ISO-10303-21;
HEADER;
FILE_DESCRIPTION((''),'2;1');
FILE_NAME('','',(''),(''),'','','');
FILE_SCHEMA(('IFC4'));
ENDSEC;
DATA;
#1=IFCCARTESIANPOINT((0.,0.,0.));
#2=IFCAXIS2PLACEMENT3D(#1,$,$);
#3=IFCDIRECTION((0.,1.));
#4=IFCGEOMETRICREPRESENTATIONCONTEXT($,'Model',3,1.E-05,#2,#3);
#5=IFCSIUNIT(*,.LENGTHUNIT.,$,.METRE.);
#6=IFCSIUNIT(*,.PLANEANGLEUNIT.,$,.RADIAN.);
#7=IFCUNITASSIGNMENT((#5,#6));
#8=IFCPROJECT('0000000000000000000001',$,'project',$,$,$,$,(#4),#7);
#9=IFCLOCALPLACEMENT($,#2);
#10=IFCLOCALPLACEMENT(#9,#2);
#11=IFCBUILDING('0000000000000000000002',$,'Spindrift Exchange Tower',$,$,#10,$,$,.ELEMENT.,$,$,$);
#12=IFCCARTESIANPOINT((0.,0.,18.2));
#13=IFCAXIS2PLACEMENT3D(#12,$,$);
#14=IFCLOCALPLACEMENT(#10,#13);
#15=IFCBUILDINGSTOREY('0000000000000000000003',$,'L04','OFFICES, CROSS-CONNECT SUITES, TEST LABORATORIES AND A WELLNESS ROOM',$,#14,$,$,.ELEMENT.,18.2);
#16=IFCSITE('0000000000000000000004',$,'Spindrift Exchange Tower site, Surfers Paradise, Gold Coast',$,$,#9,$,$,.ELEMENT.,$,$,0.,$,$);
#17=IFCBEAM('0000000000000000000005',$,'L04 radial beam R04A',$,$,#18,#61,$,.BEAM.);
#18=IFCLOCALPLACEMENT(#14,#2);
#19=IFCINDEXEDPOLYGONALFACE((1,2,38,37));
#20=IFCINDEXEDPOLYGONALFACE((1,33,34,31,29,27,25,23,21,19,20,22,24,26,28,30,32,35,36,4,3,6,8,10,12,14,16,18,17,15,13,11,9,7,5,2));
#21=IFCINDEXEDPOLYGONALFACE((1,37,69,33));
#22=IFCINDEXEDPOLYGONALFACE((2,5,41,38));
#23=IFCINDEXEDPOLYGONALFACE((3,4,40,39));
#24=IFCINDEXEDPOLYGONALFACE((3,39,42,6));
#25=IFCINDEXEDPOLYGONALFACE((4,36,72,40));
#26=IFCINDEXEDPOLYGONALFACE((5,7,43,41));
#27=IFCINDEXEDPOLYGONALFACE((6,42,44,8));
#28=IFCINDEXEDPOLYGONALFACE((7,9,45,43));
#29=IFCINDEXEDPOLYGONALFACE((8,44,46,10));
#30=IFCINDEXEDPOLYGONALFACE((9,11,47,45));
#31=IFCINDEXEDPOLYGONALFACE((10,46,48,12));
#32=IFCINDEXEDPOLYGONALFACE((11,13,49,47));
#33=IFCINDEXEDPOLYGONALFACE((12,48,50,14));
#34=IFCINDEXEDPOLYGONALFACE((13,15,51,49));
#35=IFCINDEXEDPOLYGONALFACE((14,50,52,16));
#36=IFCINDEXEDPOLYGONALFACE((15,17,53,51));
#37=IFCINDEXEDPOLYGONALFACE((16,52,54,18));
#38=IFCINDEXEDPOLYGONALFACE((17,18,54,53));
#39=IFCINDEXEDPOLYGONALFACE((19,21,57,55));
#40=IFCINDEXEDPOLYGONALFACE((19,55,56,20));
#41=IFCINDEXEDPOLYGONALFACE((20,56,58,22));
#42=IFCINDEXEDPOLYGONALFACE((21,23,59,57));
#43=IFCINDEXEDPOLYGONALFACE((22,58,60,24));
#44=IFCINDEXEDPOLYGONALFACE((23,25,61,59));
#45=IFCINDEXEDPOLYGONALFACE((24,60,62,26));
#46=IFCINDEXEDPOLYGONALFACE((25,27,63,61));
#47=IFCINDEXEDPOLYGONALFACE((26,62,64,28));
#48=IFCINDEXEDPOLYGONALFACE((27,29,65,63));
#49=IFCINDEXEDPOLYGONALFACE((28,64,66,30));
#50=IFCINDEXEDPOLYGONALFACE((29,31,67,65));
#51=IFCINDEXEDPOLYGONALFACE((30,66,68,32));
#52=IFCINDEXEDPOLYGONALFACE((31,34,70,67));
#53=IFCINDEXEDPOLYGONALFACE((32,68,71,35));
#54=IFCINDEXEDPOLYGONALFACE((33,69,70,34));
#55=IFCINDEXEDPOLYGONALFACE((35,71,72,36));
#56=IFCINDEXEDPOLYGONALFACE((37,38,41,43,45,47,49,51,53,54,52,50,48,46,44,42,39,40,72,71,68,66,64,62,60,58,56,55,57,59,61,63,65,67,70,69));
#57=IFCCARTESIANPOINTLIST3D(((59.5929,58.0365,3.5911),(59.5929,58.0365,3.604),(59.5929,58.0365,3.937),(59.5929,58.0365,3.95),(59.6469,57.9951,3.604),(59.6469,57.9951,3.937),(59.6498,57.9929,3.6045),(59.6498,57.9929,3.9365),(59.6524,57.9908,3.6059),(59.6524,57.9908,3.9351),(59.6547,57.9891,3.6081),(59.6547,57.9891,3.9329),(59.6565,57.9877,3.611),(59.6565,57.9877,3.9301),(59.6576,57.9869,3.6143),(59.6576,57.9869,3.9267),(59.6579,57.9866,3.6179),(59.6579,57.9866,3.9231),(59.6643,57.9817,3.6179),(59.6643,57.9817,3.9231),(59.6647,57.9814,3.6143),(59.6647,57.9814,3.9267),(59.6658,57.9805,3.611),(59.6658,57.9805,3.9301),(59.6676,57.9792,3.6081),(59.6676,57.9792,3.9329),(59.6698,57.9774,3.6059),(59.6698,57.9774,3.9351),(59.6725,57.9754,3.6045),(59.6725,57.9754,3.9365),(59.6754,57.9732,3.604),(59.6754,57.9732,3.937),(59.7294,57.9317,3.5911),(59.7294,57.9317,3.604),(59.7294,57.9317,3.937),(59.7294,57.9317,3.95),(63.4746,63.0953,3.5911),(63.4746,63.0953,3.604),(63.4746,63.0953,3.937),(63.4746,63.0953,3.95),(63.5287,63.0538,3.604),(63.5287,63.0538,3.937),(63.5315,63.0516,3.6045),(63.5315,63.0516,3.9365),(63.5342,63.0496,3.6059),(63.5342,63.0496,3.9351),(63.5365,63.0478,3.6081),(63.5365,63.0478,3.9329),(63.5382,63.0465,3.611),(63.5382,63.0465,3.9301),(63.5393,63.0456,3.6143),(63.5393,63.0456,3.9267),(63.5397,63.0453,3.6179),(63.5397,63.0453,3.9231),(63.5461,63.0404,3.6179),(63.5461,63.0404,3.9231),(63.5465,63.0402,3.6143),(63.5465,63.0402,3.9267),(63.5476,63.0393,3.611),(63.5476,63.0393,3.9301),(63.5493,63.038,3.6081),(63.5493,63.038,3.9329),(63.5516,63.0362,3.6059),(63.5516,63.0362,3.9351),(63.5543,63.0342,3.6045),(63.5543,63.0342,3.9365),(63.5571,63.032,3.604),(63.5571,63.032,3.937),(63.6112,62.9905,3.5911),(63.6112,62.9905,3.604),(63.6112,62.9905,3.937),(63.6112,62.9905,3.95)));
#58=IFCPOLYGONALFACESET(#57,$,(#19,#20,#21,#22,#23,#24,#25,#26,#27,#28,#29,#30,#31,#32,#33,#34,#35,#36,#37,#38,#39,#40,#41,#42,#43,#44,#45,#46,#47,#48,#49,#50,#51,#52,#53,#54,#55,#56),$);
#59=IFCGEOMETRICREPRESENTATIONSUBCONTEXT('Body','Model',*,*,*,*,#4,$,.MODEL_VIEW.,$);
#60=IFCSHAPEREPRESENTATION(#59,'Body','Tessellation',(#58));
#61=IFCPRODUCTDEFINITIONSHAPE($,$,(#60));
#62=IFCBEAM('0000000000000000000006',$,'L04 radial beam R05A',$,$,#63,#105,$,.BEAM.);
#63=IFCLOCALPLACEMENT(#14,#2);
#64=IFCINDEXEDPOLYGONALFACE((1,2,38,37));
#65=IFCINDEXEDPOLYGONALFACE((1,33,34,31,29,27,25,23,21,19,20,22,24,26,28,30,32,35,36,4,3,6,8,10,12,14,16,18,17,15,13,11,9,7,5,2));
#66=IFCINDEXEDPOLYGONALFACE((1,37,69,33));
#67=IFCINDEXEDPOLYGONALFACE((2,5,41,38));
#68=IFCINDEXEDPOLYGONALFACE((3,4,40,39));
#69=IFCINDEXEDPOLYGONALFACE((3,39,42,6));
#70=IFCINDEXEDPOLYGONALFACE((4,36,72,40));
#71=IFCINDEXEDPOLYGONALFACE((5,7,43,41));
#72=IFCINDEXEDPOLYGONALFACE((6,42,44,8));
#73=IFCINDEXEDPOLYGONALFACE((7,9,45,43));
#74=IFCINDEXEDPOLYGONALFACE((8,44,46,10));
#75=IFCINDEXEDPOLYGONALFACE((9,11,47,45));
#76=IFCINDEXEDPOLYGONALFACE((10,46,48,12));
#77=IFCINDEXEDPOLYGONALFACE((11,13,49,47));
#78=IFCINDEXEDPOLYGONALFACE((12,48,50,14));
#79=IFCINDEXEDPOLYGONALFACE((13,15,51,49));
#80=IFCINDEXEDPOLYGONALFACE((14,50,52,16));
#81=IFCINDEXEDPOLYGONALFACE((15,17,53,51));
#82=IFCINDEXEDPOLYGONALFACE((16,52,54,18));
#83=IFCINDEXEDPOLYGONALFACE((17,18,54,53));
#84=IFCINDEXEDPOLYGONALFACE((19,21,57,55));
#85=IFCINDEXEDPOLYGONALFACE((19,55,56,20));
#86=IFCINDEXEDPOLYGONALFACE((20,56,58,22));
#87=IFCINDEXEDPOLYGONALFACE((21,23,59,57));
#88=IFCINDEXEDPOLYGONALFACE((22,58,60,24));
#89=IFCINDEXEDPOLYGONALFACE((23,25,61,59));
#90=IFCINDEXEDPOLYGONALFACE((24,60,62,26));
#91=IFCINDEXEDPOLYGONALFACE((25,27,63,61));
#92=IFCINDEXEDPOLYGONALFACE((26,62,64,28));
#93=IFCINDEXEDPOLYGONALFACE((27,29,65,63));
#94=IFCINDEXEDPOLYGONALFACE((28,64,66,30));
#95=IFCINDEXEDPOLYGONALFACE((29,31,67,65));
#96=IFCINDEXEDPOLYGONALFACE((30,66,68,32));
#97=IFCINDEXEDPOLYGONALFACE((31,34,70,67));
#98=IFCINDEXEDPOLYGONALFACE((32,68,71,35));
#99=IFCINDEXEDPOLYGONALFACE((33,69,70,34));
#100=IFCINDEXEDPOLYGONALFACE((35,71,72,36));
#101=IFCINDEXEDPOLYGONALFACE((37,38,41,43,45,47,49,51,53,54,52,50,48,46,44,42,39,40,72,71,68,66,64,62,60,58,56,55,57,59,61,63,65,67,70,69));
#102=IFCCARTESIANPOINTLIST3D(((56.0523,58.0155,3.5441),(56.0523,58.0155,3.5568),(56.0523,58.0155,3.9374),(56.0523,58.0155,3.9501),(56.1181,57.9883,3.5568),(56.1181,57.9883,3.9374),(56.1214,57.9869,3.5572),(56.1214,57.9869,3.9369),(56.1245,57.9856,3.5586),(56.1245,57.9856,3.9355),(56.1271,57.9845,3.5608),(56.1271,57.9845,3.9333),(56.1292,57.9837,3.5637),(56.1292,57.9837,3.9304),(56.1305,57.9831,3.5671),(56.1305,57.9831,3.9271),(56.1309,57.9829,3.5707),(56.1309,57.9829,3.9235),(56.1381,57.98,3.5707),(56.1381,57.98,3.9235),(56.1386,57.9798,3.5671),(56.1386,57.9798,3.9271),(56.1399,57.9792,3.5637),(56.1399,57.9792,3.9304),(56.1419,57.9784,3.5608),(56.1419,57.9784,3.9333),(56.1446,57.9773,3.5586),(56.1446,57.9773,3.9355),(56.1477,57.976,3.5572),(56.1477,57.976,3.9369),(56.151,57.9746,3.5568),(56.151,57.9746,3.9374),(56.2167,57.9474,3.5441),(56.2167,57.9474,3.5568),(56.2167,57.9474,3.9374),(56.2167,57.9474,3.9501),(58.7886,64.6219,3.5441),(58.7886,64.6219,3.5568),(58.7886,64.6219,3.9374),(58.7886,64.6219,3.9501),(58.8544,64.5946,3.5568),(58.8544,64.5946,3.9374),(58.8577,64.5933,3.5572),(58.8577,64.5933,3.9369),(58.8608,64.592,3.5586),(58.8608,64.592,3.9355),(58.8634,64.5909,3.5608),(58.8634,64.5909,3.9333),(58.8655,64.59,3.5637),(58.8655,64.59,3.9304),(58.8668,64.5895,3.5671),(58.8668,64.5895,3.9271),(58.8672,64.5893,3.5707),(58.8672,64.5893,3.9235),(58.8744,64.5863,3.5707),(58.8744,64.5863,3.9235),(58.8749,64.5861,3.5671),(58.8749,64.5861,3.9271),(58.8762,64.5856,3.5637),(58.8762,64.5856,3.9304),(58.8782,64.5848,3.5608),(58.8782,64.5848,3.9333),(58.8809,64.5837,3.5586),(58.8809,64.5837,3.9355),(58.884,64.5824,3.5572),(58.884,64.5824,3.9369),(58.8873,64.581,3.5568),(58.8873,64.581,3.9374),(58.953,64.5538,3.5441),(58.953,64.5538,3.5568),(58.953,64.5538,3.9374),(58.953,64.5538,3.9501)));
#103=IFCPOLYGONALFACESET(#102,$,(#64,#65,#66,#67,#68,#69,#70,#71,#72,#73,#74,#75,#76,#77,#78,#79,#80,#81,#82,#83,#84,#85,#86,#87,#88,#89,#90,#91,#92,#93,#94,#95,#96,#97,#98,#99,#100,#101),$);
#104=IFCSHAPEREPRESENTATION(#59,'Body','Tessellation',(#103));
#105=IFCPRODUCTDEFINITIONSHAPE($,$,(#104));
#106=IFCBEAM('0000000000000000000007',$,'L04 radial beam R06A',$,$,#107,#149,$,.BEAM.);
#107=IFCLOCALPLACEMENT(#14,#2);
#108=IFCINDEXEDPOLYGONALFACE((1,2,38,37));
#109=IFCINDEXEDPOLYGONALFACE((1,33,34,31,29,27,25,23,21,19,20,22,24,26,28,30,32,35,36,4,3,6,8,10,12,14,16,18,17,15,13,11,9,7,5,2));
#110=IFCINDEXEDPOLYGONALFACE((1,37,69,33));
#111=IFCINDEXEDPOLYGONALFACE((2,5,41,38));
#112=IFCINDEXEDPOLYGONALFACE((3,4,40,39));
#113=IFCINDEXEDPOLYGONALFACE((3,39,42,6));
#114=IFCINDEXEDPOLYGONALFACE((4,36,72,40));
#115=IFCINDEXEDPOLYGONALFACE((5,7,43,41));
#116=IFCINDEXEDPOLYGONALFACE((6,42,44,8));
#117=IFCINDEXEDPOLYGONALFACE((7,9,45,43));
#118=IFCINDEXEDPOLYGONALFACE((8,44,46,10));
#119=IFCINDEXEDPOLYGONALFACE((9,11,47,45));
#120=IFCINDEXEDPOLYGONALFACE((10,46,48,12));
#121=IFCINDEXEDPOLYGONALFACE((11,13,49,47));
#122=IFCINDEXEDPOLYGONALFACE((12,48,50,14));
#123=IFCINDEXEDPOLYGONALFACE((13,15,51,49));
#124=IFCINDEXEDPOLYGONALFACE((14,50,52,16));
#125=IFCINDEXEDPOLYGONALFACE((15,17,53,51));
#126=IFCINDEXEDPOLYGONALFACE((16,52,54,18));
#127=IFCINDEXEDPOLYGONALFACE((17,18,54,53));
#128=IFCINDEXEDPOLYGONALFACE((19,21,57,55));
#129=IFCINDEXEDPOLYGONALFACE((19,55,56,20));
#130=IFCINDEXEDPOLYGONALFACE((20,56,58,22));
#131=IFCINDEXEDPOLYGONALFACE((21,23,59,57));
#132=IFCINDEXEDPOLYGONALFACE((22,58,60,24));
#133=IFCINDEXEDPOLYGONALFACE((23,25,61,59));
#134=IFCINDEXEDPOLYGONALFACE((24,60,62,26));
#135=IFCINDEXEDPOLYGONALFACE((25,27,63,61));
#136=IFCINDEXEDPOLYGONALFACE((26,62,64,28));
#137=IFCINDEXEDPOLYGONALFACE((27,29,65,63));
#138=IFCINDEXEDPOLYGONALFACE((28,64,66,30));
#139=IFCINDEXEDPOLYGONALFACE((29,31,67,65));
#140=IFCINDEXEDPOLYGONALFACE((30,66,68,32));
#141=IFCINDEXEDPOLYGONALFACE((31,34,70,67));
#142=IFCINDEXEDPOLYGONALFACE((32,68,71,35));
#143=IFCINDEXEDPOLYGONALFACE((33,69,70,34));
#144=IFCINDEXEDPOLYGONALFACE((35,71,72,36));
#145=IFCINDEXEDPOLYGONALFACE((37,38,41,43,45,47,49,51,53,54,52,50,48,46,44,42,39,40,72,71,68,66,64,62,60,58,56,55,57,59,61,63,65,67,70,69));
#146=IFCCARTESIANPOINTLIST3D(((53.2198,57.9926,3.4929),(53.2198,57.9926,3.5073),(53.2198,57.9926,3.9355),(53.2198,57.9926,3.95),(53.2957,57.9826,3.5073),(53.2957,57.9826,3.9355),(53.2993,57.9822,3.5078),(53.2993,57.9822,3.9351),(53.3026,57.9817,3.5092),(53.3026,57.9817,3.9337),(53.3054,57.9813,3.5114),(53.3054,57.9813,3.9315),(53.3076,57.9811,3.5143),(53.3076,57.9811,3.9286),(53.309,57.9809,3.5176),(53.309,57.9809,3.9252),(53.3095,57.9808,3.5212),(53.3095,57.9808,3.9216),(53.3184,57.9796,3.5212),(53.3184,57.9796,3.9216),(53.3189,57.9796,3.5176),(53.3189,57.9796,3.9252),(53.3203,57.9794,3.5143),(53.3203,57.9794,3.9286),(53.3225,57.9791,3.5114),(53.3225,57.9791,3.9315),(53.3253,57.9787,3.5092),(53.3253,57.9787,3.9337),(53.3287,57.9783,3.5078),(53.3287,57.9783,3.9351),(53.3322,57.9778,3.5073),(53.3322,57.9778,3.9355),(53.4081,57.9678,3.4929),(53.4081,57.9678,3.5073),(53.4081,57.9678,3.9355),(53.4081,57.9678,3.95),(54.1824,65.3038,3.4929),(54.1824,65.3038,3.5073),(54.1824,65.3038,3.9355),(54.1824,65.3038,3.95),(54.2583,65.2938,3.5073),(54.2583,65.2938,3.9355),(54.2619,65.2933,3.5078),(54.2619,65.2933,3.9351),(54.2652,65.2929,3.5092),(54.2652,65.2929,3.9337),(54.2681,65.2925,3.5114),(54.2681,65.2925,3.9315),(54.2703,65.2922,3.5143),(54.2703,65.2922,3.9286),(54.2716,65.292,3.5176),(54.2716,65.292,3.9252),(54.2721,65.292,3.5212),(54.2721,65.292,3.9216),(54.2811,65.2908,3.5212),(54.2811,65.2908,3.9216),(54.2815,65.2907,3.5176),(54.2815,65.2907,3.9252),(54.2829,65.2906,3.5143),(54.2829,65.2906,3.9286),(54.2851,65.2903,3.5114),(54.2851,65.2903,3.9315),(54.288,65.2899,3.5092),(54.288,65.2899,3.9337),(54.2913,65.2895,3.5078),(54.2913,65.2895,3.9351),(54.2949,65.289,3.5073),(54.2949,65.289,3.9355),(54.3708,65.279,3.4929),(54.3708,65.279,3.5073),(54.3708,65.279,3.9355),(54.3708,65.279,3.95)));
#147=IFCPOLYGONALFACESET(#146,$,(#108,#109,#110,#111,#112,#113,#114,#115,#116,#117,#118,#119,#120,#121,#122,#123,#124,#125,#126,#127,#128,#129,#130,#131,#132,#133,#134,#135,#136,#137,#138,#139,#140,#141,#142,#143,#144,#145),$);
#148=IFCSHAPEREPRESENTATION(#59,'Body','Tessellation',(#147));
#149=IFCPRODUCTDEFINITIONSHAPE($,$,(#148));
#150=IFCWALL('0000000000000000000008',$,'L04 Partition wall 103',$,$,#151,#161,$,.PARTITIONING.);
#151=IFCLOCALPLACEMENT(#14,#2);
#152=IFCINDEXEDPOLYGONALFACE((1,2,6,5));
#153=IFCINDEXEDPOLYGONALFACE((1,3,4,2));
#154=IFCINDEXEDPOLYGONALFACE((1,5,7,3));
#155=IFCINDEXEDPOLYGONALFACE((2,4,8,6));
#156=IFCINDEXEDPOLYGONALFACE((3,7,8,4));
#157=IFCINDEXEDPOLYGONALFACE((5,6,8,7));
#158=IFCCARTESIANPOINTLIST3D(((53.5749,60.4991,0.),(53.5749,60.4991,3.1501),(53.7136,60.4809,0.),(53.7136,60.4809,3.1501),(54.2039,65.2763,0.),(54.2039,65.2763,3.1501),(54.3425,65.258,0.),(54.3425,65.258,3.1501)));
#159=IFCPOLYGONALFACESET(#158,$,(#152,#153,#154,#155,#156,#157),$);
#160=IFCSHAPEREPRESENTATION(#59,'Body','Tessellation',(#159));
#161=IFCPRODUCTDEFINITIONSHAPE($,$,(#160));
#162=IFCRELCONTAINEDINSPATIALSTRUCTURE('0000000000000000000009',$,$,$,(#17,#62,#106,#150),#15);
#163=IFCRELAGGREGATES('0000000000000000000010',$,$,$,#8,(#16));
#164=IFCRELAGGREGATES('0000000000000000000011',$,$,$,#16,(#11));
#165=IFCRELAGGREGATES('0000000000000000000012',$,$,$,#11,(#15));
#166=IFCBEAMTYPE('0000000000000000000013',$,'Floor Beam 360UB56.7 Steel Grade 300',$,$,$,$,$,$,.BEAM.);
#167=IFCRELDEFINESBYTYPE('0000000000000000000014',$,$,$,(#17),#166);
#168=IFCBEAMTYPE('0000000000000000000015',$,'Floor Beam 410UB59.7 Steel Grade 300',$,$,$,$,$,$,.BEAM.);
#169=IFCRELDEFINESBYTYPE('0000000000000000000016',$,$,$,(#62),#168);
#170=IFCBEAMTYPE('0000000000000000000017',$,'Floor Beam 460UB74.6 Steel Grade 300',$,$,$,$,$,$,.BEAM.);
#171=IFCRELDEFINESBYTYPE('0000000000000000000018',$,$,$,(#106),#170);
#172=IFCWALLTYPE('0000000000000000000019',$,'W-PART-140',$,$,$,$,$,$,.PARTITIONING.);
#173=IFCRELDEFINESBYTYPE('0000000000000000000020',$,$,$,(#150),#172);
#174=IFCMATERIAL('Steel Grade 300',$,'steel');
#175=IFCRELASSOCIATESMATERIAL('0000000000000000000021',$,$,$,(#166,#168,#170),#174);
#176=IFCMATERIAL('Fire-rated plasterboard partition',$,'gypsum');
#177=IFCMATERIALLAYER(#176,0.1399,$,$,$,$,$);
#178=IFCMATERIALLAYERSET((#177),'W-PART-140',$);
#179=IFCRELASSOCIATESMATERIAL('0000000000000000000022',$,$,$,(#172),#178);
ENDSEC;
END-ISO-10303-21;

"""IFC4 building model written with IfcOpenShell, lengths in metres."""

from ifc_helpers import new_model, si_unit, direction, frame, frame_2d, origin, origin_2d, place, context, subcontext, project, spatial, rectangle, i_section, extrude, source, transform, mapped, material, layer, layer_set, material_profile, profile_set, type_object, element, save


model = new_model("IFC4")

# Units and contexts
model_context = context("Model", 3, precision=1e-05, world=origin(), true_north=direction((0.0, 1.0)))
body_context = subcontext(model_context, "Body", "Model", "MODEL_VIEW")
ifc_project = project(units=[si_unit("LENGTHUNIT", "METRE"), si_unit("PLANEANGLEUNIT", "RADIAN")], contexts=[model_context])

# Site, building, storey
site_placement = place(None, origin())
site = spatial("IfcSite", under=ifc_project, at=site_placement, Name="Spindrift Exchange Tower site, Surfers Paradise, Gold Coast", CompositionType="ELEMENT", RefElevation=0.0)
building_placement = place(site_placement, origin())
building = spatial("IfcBuilding", under=site, at=building_placement, Name="Spindrift Exchange Tower", CompositionType="ELEMENT")
storey_placement = place(building_placement, frame((0.0, 0.0, 18.2)))
storey = spatial("IfcBuildingStorey", under=building, at=storey_placement, Name="L04", Description="OFFICES, CROSS-CONNECT SUITES, TEST LABORATORIES AND A WELLNESS ROOM", CompositionType="ELEMENT", Elevation=18.2)

# Beams
ifc_material_1 = material(Name="Steel Grade 300", Category="steel")
ifc_material_profile_1 = material_profile(ifc_material_1, i_section(OverallWidth=0.1721, OverallDepth=0.3589, WebThickness=0.0081, FlangeThickness=0.0129, FilletRadius=0.0139, at=origin_2d()), Name="360UB56.7")
ifc_profile_set_1 = profile_set([ifc_material_profile_1], Name="Steel Grade 300")
beam_type_1 = type_object("IfcBeamType", Name="Floor Beam 360UB56.7 Steel Grade 300", PredefinedType="BEAM", material=ifc_profile_set_1)
shared_shape_1 = source(origin(), body_context, "Body", "SweptSolid", [
    extrude(i_section(OverallWidth=0.1721, OverallDepth=0.3589, WebThickness=0.0081, FlangeThickness=0.0129, FilletRadius=0.0139, at=origin_2d()), origin(), (0.0, 0.0, 1.0), 6.3765),
])
beam_1_placement = place(storey_placement, frame((59.6611, 57.9841, 3.7705), z_axis=(0.608767, 0.793349, 0.0), x_axis=(-0.793349, 0.608767, 0.0)))
element("IfcBeam", 1, at=beam_1_placement, inside=storey, type_object=beam_type_1, Name="L04 radial beam R04A", PredefinedType="BEAM", context=body_context, shape_type="MappedRepresentation", body=[
    mapped(shared_shape_1, transform((0.0, 0.0, 0.0), scale=1.0)),
])
ifc_material_profile_2 = material_profile(ifc_material_1, i_section(OverallWidth=0.178, OverallDepth=0.406, WebThickness=0.0078, FlangeThickness=0.0127, FilletRadius=0.0139, at=origin_2d()), Name="410UB59.7")
ifc_profile_set_2 = profile_set([ifc_material_profile_2], Name="Steel Grade 300")
beam_type_2 = type_object("IfcBeamType", Name="Floor Beam 410UB59.7 Steel Grade 300", PredefinedType="BEAM", material=ifc_profile_set_2)
shared_shape_2 = source(origin(), body_context, "Body", "SweptSolid", [
    extrude(i_section(OverallWidth=0.178, OverallDepth=0.406, WebThickness=0.0078, FlangeThickness=0.0127, FilletRadius=0.0139, at=origin_2d()), origin(), (0.0, 0.0, 1.0), 7.1506),
])
beam_2_placement = place(storey_placement, frame((56.1345, 57.9814, 3.7471), z_axis=(0.382665, 0.923887, 0.0), x_axis=(-0.923887, 0.382665, 0.0)))
element("IfcBeam", 2, at=beam_2_placement, inside=storey, type_object=beam_type_2, Name="L04 radial beam R05A", PredefinedType="BEAM", context=body_context, shape_type="MappedRepresentation", body=[
    mapped(shared_shape_2, transform((0.0, 0.0, 0.0), scale=1.0)),
])
ifc_material_profile_3 = material_profile(ifc_material_1, i_section(OverallWidth=0.1899, OverallDepth=0.457, WebThickness=0.009, FlangeThickness=0.0144, FilletRadius=0.0139, at=origin_2d()), Name="460UB74.6")
ifc_profile_set_3 = profile_set([ifc_material_profile_3], Name="Steel Grade 300")
beam_type_3 = type_object("IfcBeamType", Name="Floor Beam 460UB74.6 Steel Grade 300", PredefinedType="BEAM", material=ifc_profile_set_3)
shared_shape_3 = source(origin(), body_context, "Body", "SweptSolid", [
    extrude(i_section(OverallWidth=0.1899, OverallDepth=0.457, WebThickness=0.009, FlangeThickness=0.0144, FilletRadius=0.0139, at=origin_2d()), origin(), (0.0, 0.0, 1.0), 7.3743),
])
beam_3_placement = place(storey_placement, frame((53.314, 57.9802, 3.7214), z_axis=(0.130539, 0.991443, 0.0), x_axis=(-0.991443, 0.130539, 0.0)))
element("IfcBeam", 3, at=beam_3_placement, inside=storey, type_object=beam_type_3, Name="L04 radial beam R06A", PredefinedType="BEAM", context=body_context, shape_type="MappedRepresentation", body=[
    mapped(shared_shape_3, transform((0.0, 0.0, 0.0), scale=1.0)),
])

# Wall
ifc_material_2 = material(Name="Fire-rated plasterboard partition", Category="gypsum")
ifc_layer_1 = layer(ifc_material_2, 0.1399)
ifc_layer_set_1 = layer_set([ifc_layer_1], Name="W-PART-140")
wall_type_1 = type_object("IfcWallType", Name="W-PART-140", PredefinedType="PARTITIONING", material=ifc_layer_set_1)
wall_1_placement = place(storey_placement, frame((53.6443, 60.49, 0.0), z_axis=(0.0, 0.0, 1.0), x_axis=(0.130524, 0.991445, 0.0)))
element("IfcWall", 4, at=wall_1_placement, inside=storey, type_object=wall_type_1, Name="L04 Partition wall 103", PredefinedType="PARTITIONING", context=body_context, shape_type="SweptSolid", body=[
    extrude(rectangle(XDim=4.8184, YDim=0.1399, at=frame_2d((2.4092, 0.0))), origin(), (0.0, 0.0, 1.0), 3.1501),
])

save(model, "model.ifc")
